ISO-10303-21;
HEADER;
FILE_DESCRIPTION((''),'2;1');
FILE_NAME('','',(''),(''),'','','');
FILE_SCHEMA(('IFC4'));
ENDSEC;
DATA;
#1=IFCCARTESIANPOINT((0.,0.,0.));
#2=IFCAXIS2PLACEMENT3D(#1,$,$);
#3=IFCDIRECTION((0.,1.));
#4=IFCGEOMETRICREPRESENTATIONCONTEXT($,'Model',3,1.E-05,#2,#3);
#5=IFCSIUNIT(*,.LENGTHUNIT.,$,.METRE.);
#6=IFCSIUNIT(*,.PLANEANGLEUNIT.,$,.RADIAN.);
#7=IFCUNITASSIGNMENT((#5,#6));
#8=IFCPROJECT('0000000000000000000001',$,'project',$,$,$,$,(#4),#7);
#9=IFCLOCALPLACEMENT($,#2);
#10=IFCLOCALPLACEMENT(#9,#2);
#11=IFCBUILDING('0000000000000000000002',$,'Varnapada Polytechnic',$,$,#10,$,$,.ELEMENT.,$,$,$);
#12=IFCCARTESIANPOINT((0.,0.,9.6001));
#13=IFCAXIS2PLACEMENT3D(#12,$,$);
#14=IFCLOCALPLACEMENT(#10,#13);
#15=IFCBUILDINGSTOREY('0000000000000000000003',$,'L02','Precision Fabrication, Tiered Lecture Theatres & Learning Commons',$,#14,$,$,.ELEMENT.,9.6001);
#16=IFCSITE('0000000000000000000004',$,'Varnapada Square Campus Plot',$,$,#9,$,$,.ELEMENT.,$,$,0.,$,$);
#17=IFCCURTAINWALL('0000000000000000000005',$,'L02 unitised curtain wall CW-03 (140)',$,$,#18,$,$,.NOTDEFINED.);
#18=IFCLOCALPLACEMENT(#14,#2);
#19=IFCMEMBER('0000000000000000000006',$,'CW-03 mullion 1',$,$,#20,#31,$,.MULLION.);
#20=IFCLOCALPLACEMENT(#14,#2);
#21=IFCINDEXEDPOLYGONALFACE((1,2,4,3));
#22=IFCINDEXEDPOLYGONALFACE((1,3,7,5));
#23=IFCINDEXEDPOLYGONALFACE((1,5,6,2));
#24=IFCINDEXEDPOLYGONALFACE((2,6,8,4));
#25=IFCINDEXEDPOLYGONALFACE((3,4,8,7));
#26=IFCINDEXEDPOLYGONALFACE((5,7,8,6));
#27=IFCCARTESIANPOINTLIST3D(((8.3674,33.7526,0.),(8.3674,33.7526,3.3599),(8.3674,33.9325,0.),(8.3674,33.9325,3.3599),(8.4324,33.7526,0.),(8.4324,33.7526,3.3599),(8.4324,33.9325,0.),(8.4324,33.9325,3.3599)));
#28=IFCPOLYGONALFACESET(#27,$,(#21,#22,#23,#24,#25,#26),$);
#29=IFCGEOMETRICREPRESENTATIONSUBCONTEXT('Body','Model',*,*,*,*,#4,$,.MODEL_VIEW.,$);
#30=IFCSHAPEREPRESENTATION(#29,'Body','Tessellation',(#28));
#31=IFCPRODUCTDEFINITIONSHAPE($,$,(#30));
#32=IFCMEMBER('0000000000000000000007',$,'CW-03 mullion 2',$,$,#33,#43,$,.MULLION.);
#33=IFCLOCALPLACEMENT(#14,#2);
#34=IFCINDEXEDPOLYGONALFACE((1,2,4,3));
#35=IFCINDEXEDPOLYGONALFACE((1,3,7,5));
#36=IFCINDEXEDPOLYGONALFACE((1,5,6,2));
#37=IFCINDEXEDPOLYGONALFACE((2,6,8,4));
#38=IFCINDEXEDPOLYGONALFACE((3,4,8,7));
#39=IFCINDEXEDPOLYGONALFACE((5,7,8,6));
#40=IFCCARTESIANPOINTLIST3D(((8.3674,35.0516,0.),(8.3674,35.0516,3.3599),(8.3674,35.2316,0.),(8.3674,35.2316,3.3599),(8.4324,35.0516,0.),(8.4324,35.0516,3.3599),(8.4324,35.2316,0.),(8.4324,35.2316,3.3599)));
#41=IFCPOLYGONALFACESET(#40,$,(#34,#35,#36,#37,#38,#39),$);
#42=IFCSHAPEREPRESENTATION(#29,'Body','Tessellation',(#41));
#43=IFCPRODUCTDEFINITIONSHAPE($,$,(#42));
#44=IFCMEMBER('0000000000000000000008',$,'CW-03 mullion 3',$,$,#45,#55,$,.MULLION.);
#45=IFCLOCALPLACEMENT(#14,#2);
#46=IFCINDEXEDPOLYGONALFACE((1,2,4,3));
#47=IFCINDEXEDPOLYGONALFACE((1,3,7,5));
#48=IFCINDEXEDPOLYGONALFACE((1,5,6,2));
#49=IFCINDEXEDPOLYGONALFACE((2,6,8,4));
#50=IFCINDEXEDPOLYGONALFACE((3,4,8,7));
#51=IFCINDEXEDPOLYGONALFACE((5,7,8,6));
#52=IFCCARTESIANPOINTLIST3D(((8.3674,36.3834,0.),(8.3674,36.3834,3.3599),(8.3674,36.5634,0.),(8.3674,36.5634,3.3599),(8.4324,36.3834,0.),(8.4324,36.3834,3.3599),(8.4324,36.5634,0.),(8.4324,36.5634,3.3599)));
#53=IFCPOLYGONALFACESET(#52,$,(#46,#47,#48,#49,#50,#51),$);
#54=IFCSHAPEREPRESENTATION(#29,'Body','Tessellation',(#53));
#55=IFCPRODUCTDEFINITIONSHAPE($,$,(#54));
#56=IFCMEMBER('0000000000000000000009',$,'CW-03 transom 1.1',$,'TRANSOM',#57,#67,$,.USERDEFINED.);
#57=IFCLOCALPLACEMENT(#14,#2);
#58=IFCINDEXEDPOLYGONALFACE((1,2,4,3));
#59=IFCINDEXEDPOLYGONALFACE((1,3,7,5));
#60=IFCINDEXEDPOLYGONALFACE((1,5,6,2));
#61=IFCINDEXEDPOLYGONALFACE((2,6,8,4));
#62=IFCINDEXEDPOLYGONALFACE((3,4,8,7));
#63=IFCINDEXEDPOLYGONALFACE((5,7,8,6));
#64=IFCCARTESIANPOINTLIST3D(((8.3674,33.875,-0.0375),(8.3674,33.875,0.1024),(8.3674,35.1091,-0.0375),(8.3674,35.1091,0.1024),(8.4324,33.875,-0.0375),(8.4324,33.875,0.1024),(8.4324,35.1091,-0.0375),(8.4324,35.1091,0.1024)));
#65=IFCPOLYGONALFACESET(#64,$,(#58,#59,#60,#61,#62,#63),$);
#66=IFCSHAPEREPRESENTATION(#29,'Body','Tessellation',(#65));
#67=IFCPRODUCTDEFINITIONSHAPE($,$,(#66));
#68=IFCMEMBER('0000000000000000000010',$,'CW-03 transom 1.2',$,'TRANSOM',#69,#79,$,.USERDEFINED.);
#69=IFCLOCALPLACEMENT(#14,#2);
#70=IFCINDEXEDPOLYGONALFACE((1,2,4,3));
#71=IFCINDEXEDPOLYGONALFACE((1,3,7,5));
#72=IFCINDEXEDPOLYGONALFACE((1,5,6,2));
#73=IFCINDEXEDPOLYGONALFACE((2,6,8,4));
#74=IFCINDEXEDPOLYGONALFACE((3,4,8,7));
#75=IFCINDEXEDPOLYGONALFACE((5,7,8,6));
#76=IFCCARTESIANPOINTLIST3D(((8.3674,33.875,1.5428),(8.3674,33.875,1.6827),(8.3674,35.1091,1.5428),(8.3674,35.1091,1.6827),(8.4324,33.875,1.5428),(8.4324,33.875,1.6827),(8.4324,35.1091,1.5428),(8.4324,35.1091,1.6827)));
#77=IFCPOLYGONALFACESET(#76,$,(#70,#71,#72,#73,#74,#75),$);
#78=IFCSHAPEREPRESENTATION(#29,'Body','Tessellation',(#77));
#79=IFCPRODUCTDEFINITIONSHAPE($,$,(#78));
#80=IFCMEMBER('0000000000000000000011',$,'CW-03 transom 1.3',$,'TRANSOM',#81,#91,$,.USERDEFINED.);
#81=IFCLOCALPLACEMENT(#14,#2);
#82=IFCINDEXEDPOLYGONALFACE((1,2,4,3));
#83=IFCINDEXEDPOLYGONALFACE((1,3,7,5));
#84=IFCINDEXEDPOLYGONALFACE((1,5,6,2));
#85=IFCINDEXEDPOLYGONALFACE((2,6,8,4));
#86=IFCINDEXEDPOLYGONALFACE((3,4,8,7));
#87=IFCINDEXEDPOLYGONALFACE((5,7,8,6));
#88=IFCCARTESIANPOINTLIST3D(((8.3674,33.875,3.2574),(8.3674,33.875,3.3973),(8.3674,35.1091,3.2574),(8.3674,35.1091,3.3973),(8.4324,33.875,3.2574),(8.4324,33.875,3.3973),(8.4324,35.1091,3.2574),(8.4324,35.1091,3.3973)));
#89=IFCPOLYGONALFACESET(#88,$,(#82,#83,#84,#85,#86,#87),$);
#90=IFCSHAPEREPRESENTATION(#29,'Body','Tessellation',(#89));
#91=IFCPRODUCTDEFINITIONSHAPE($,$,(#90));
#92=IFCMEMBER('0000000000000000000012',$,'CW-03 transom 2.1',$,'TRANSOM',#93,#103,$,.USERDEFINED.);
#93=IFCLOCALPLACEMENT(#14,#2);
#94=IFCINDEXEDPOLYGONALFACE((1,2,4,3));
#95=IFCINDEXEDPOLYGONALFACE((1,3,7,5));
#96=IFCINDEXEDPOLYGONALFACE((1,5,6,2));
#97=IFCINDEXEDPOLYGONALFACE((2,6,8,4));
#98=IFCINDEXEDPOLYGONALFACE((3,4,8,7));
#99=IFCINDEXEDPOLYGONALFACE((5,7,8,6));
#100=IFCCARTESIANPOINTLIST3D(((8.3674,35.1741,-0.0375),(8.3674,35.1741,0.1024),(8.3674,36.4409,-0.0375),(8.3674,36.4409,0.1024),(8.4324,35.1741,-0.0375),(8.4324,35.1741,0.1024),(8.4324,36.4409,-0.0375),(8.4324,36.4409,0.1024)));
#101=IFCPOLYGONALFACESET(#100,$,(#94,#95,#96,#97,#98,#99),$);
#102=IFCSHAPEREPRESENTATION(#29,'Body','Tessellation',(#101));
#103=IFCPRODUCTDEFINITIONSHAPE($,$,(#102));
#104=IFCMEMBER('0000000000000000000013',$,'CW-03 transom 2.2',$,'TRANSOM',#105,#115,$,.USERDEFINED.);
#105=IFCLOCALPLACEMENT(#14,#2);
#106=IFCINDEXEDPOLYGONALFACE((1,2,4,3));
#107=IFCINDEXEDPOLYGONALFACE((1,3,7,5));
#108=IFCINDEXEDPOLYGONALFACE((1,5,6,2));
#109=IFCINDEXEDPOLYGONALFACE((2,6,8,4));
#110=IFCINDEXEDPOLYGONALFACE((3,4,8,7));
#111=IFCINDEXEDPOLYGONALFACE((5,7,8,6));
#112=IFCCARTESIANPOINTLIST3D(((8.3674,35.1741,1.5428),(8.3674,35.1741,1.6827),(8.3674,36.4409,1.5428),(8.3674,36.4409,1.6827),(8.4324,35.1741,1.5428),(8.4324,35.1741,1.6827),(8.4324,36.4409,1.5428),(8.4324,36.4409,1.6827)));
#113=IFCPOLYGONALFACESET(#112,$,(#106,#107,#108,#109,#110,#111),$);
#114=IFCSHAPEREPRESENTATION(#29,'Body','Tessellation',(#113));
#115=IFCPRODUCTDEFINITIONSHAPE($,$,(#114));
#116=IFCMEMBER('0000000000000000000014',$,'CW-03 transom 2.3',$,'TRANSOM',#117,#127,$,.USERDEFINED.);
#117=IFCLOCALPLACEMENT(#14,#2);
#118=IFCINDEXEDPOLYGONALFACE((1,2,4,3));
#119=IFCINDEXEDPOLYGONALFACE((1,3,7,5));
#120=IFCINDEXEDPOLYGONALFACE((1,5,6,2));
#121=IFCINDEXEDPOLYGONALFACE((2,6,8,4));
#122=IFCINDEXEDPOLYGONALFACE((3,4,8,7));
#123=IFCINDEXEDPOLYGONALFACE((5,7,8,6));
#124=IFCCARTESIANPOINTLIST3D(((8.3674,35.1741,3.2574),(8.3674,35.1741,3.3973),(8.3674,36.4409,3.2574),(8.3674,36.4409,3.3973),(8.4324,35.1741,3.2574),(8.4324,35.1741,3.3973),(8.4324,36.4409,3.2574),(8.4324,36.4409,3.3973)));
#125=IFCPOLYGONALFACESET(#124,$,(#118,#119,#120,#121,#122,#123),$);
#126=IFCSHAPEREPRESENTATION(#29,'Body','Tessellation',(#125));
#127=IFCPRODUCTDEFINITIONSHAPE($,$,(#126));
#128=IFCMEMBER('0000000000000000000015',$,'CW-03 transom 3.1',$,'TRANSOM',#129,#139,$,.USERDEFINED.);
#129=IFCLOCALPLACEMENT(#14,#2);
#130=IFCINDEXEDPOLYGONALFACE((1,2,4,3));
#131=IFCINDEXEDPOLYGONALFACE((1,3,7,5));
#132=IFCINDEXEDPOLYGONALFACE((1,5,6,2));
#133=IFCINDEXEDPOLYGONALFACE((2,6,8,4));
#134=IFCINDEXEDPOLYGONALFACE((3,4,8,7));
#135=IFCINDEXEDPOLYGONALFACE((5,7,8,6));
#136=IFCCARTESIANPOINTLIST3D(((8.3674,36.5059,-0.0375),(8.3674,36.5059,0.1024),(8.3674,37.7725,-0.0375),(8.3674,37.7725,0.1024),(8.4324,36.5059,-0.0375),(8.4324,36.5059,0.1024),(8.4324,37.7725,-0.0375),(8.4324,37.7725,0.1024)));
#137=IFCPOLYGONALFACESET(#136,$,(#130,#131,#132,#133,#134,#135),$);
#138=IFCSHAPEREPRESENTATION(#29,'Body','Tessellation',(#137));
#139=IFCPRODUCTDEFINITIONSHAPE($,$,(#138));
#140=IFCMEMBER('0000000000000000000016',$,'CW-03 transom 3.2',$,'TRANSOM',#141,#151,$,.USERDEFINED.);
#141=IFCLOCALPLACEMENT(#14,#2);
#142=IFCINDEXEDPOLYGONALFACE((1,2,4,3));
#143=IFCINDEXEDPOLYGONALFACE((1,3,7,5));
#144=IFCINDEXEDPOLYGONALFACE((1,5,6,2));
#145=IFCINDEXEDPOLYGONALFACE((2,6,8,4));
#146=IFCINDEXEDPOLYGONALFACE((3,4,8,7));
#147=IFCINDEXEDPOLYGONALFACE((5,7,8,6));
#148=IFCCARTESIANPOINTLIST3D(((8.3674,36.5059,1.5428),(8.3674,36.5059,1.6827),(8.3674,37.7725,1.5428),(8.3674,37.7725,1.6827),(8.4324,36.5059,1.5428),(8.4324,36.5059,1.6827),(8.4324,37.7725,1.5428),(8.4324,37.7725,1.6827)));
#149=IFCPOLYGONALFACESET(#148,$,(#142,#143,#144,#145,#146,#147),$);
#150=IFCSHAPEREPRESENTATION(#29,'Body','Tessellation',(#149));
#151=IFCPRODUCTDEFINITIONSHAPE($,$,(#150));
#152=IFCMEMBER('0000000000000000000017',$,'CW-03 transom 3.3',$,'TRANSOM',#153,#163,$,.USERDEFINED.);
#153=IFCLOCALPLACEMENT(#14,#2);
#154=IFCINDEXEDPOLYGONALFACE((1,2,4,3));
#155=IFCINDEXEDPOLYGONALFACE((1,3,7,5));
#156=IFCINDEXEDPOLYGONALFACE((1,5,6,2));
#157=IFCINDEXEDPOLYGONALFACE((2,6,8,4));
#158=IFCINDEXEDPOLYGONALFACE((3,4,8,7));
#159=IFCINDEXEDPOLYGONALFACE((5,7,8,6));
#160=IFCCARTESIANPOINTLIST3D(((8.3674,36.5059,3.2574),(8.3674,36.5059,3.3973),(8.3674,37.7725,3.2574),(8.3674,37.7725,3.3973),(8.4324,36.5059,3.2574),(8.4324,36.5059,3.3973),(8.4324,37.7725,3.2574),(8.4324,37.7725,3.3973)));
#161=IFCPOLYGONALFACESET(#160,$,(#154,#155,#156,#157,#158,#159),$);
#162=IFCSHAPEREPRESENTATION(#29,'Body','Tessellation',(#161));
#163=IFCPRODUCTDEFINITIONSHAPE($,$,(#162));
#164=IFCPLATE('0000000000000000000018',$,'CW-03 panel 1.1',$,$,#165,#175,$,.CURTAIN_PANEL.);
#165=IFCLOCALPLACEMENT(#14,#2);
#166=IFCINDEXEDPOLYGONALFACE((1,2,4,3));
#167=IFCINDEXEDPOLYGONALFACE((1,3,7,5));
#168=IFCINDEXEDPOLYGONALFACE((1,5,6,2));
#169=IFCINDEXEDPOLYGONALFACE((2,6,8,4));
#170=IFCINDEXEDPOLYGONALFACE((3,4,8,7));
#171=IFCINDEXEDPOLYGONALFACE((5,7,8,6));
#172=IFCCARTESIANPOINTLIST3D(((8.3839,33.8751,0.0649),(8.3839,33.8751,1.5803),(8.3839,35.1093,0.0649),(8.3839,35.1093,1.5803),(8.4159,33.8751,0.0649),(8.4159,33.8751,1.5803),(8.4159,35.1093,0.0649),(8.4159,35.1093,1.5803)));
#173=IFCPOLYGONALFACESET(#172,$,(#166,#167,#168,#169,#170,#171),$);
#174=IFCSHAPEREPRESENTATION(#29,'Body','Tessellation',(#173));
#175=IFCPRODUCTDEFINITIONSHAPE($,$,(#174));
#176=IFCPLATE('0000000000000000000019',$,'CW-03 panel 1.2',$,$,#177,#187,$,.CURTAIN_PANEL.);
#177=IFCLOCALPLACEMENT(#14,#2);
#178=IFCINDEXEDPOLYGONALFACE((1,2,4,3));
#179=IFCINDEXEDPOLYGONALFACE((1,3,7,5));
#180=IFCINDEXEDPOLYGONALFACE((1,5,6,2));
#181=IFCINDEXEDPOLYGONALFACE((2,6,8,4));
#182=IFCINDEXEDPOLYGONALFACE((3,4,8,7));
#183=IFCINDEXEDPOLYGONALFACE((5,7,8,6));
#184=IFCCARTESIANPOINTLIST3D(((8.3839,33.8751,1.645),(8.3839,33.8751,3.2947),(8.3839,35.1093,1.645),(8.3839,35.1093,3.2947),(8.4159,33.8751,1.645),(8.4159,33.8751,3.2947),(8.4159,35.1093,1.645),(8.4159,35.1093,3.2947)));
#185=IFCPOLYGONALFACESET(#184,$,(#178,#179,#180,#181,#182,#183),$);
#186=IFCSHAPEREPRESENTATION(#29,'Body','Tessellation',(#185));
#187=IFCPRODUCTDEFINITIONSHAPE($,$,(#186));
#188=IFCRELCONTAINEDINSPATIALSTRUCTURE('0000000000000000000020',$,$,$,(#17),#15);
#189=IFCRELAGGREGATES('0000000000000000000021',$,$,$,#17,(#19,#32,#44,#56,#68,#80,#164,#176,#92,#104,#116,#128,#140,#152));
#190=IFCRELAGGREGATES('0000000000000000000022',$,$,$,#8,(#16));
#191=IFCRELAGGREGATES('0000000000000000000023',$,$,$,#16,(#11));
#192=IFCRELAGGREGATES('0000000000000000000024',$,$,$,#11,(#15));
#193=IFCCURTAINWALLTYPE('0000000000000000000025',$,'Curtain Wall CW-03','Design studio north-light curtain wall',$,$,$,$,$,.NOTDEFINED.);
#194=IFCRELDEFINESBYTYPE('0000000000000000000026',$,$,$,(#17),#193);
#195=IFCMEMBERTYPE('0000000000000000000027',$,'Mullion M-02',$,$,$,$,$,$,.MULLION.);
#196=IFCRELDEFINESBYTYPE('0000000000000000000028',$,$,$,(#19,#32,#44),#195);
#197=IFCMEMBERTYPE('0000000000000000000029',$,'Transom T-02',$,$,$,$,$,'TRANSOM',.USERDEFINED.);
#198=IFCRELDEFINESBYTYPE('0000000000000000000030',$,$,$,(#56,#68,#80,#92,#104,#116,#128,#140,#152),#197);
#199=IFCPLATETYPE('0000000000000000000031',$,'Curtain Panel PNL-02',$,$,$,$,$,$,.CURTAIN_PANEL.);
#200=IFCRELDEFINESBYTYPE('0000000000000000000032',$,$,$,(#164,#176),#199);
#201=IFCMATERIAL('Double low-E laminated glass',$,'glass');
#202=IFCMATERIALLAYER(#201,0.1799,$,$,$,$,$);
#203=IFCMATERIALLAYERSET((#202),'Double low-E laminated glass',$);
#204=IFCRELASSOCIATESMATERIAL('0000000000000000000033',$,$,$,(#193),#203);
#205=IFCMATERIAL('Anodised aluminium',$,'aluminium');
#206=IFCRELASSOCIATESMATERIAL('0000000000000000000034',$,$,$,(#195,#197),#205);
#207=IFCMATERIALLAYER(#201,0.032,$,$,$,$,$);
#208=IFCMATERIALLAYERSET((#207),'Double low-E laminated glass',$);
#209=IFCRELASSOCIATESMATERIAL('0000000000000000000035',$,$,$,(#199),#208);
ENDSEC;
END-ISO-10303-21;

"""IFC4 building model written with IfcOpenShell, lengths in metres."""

from ifc_helpers import new_model, si_unit, direction, frame, origin, origin_2d, place, context, subcontext, project, spatial, rectangle, extrude, material, layer, layer_set, material_profile, profile_set, type_object, element, aggregate, save


model = new_model("IFC4")

# Units and contexts
model_context = context("Model", 3, precision=1e-05, world=origin(), true_north=direction((0.0, 1.0)))
body_context = subcontext(model_context, "Body", "Model", "MODEL_VIEW")
ifc_project = project(units=[si_unit("LENGTHUNIT", "METRE"), si_unit("PLANEANGLEUNIT", "RADIAN")], contexts=[model_context])

# Site, building, storey
site_placement = place(None, origin())
site = spatial("IfcSite", under=ifc_project, at=site_placement, Name="Varnapada Square Campus Plot", CompositionType="ELEMENT", RefElevation=0.0)
building_placement = place(site_placement, origin())
building = spatial("IfcBuilding", under=site, at=building_placement, Name="Varnapada Polytechnic", CompositionType="ELEMENT")
storey_placement = place(building_placement, frame((0.0, 0.0, 9.6001)))
storey = spatial("IfcBuildingStorey", under=building, at=storey_placement, Name="L02", Description="Precision Fabrication, Tiered Lecture Theatres & Learning Commons", CompositionType="ELEMENT", Elevation=9.6001)

# Curtain wall, members, plates
ifc_material_1 = material(Name="Double low-E laminated glass", Category="glass")
ifc_layer_1 = layer(ifc_material_1, 0.1799)
ifc_layer_set_1 = layer_set([ifc_layer_1], Name="Double low-E laminated glass")
curtain_wall_type = type_object("IfcCurtainWallType", Name="Curtain Wall CW-03", Description="Design studio north-light curtain wall", PredefinedType="NOTDEFINED", material=ifc_layer_set_1)
curtain_wall_placement = place(storey_placement, origin())
curtain_wall = element("IfcCurtainWall", 1, at=curtain_wall_placement, inside=storey, type_object=curtain_wall_type, Name="L02 unitised curtain wall CW-03 (140)", PredefinedType="NOTDEFINED")
ifc_material_2 = material(Name="Anodised aluminium", Category="aluminium")
ifc_material_profile_1 = material_profile(ifc_material_2, rectangle(XDim=0.0649, YDim=0.1799, at=origin_2d()), Name="ALU M65x180")
ifc_profile_set_1 = profile_set([ifc_material_profile_1], Name="Anodised aluminium")
member_type_1 = type_object("IfcMemberType", Name="Mullion M-02", PredefinedType="MULLION", material=ifc_profile_set_1)
member_1_placement = place(storey_placement, frame((8.3999, 33.8425, 0.0), z_axis=(0.0, 0.0, 1.0), x_axis=(-1.0, 0.0, 0.0)))
member_1 = element("IfcMember", 2, at=member_1_placement, type_object=member_type_1, Name="CW-03 mullion 1", PredefinedType="MULLION", context=body_context, shape_type="SweptSolid", body=[
    extrude(rectangle(XDim=0.0649, YDim=0.1799, at=origin_2d()), origin(), (0.0, 0.0, 1.0), 3.3599),
])
member_2_placement = place(storey_placement, frame((8.3999, 35.1416, 0.0), z_axis=(0.0, 0.0, 1.0), x_axis=(-1.0, 0.0, 0.0)))
member_2 = element("IfcMember", 3, at=member_2_placement, type_object=member_type_1, Name="CW-03 mullion 2", PredefinedType="MULLION", context=body_context, shape_type="SweptSolid", body=[
    extrude(rectangle(XDim=0.0649, YDim=0.1799, at=origin_2d()), origin(), (0.0, 0.0, 1.0), 3.3599),
])
member_3_placement = place(storey_placement, frame((8.3999, 36.4734, 0.0), z_axis=(0.0, 0.0, 1.0), x_axis=(-1.0, 0.0, 0.0)))
member_3 = element("IfcMember", 4, at=member_3_placement, type_object=member_type_1, Name="CW-03 mullion 3", PredefinedType="MULLION", context=body_context, shape_type="SweptSolid", body=[
    extrude(rectangle(XDim=0.0649, YDim=0.1799, at=origin_2d()), origin(), (0.0, 0.0, 1.0), 3.3599),
])
ifc_material_profile_2 = material_profile(ifc_material_2, rectangle(XDim=0.0649, YDim=0.1399, at=origin_2d()), Name="ALU T65x140")
ifc_profile_set_2 = profile_set([ifc_material_profile_2], Name="Anodised aluminium")
member_type_2 = type_object("IfcMemberType", Name="Transom T-02", ElementType="TRANSOM", PredefinedType="USERDEFINED", material=ifc_profile_set_2)
member_4_placement = place(storey_placement, frame((8.3999, 33.875, 0.0325), z_axis=(0.0, 1.0, 0.0), x_axis=(-1.0, 0.0, 0.0)))
member_4 = element("IfcMember", 5, at=member_4_placement, type_object=member_type_2, Name="CW-03 transom 1.1", ObjectType="TRANSOM", PredefinedType="USERDEFINED", context=body_context, shape_type="SweptSolid", body=[
    extrude(rectangle(XDim=0.0649, YDim=0.1399, at=origin_2d()), origin(), (0.0, 0.0, 1.0), 1.2341),
])
member_5_placement = place(storey_placement, frame((8.3999, 33.875, 1.6128), z_axis=(0.0, 1.0, 0.0), x_axis=(-1.0, 0.0, 0.0)))
member_5 = element("IfcMember", 6, at=member_5_placement, type_object=member_type_2, Name="CW-03 transom 1.2", ObjectType="TRANSOM", PredefinedType="USERDEFINED", context=body_context, shape_type="SweptSolid", body=[
    extrude(rectangle(XDim=0.0649, YDim=0.1399, at=origin_2d()), origin(), (0.0, 0.0, 1.0), 1.2341),
])
member_6_placement = place(storey_placement, frame((8.3999, 33.875, 3.3274), z_axis=(0.0, 1.0, 0.0), x_axis=(-1.0, 0.0, 0.0)))
member_6 = element("IfcMember", 7, at=member_6_placement, type_object=member_type_2, Name="CW-03 transom 1.3", ObjectType="TRANSOM", PredefinedType="USERDEFINED", context=body_context, shape_type="SweptSolid", body=[
    extrude(rectangle(XDim=0.0649, YDim=0.1399, at=origin_2d()), origin(), (0.0, 0.0, 1.0), 1.2341),
])
member_7_placement = place(storey_placement, frame((8.3999, 35.1741, 0.0325), z_axis=(0.0, 1.0, 0.0), x_axis=(-1.0, 0.0, 0.0)))
member_7 = element("IfcMember", 8, at=member_7_placement, type_object=member_type_2, Name="CW-03 transom 2.1", ObjectType="TRANSOM", PredefinedType="USERDEFINED", context=body_context, shape_type="SweptSolid", body=[
    extrude(rectangle(XDim=0.0649, YDim=0.1399, at=origin_2d()), origin(), (0.0, 0.0, 1.0), 1.2668),
])
member_8_placement = place(storey_placement, frame((8.3999, 35.1741, 1.6128), z_axis=(0.0, 1.0, 0.0), x_axis=(-1.0, 0.0, 0.0)))
member_8 = element("IfcMember", 9, at=member_8_placement, type_object=member_type_2, Name="CW-03 transom 2.2", ObjectType="TRANSOM", PredefinedType="USERDEFINED", context=body_context, shape_type="SweptSolid", body=[
    extrude(rectangle(XDim=0.0649, YDim=0.1399, at=origin_2d()), origin(), (0.0, 0.0, 1.0), 1.2668),
])
member_9_placement = place(storey_placement, frame((8.3999, 35.1741, 3.3274), z_axis=(0.0, 1.0, 0.0), x_axis=(-1.0, 0.0, 0.0)))
member_9 = element("IfcMember", 10, at=member_9_placement, type_object=member_type_2, Name="CW-03 transom 2.3", ObjectType="TRANSOM", PredefinedType="USERDEFINED", context=body_context, shape_type="SweptSolid", body=[
    extrude(rectangle(XDim=0.0649, YDim=0.1399, at=origin_2d()), origin(), (0.0, 0.0, 1.0), 1.2668),
])
member_10_placement = place(storey_placement, frame((8.3999, 36.5059, 0.0325), z_axis=(0.0, 1.0, 0.0), x_axis=(-1.0, 0.0, 0.0)))
member_10 = element("IfcMember", 11, at=member_10_placement, type_object=member_type_2, Name="CW-03 transom 3.1", ObjectType="TRANSOM", PredefinedType="USERDEFINED", context=body_context, shape_type="SweptSolid", body=[
    extrude(rectangle(XDim=0.0649, YDim=0.1399, at=origin_2d()), origin(), (0.0, 0.0, 1.0), 1.2666),
])
member_11_placement = place(storey_placement, frame((8.3999, 36.5059, 1.6128), z_axis=(0.0, 1.0, 0.0), x_axis=(-1.0, 0.0, 0.0)))
member_11 = element("IfcMember", 12, at=member_11_placement, type_object=member_type_2, Name="CW-03 transom 3.2", ObjectType="TRANSOM", PredefinedType="USERDEFINED", context=body_context, shape_type="SweptSolid", body=[
    extrude(rectangle(XDim=0.0649, YDim=0.1399, at=origin_2d()), origin(), (0.0, 0.0, 1.0), 1.2666),
])
member_12_placement = place(storey_placement, frame((8.3999, 36.5059, 3.3274), z_axis=(0.0, 1.0, 0.0), x_axis=(-1.0, 0.0, 0.0)))
member_12 = element("IfcMember", 13, at=member_12_placement, type_object=member_type_2, Name="CW-03 transom 3.3", ObjectType="TRANSOM", PredefinedType="USERDEFINED", context=body_context, shape_type="SweptSolid", body=[
    extrude(rectangle(XDim=0.0649, YDim=0.1399, at=origin_2d()), origin(), (0.0, 0.0, 1.0), 1.2666),
])
ifc_layer_2 = layer(ifc_material_1, 0.032)
ifc_layer_set_2 = layer_set([ifc_layer_2], Name="Double low-E laminated glass")
plate_type = type_object("IfcPlateType", Name="Curtain Panel PNL-02", PredefinedType="CURTAIN_PANEL", material=ifc_layer_set_2)
plate_1_placement = place(storey_placement, frame((8.3999, 34.4922, 0.0649), z_axis=(0.0, 0.0, 1.0), x_axis=(0.0, 1.0, 0.0)))
plate_1 = element("IfcPlate", 14, at=plate_1_placement, type_object=plate_type, Name="CW-03 panel 1.1", PredefinedType="CURTAIN_PANEL", context=body_context, shape_type="SweptSolid", body=[
    extrude(rectangle(XDim=1.2341, YDim=0.032, at=origin_2d()), origin(), (0.0, 0.0, 1.0), 1.5154),
])
plate_2_placement = place(storey_placement, frame((8.3999, 34.4922, 1.645), z_axis=(0.0, 0.0, 1.0), x_axis=(0.0, 1.0, 0.0)))
plate_2 = element("IfcPlate", 15, at=plate_2_placement, type_object=plate_type, Name="CW-03 panel 1.2", PredefinedType="CURTAIN_PANEL", context=body_context, shape_type="SweptSolid", body=[
    extrude(rectangle(XDim=1.2341, YDim=0.032, at=origin_2d()), origin(), (0.0, 0.0, 1.0), 1.6497),
])
aggregate(curtain_wall, [member_1, member_2, member_3, member_4, member_5, member_6, plate_1, plate_2, member_7, member_8, member_9, member_10, member_11, member_12])

save(model, "model.ifc")
